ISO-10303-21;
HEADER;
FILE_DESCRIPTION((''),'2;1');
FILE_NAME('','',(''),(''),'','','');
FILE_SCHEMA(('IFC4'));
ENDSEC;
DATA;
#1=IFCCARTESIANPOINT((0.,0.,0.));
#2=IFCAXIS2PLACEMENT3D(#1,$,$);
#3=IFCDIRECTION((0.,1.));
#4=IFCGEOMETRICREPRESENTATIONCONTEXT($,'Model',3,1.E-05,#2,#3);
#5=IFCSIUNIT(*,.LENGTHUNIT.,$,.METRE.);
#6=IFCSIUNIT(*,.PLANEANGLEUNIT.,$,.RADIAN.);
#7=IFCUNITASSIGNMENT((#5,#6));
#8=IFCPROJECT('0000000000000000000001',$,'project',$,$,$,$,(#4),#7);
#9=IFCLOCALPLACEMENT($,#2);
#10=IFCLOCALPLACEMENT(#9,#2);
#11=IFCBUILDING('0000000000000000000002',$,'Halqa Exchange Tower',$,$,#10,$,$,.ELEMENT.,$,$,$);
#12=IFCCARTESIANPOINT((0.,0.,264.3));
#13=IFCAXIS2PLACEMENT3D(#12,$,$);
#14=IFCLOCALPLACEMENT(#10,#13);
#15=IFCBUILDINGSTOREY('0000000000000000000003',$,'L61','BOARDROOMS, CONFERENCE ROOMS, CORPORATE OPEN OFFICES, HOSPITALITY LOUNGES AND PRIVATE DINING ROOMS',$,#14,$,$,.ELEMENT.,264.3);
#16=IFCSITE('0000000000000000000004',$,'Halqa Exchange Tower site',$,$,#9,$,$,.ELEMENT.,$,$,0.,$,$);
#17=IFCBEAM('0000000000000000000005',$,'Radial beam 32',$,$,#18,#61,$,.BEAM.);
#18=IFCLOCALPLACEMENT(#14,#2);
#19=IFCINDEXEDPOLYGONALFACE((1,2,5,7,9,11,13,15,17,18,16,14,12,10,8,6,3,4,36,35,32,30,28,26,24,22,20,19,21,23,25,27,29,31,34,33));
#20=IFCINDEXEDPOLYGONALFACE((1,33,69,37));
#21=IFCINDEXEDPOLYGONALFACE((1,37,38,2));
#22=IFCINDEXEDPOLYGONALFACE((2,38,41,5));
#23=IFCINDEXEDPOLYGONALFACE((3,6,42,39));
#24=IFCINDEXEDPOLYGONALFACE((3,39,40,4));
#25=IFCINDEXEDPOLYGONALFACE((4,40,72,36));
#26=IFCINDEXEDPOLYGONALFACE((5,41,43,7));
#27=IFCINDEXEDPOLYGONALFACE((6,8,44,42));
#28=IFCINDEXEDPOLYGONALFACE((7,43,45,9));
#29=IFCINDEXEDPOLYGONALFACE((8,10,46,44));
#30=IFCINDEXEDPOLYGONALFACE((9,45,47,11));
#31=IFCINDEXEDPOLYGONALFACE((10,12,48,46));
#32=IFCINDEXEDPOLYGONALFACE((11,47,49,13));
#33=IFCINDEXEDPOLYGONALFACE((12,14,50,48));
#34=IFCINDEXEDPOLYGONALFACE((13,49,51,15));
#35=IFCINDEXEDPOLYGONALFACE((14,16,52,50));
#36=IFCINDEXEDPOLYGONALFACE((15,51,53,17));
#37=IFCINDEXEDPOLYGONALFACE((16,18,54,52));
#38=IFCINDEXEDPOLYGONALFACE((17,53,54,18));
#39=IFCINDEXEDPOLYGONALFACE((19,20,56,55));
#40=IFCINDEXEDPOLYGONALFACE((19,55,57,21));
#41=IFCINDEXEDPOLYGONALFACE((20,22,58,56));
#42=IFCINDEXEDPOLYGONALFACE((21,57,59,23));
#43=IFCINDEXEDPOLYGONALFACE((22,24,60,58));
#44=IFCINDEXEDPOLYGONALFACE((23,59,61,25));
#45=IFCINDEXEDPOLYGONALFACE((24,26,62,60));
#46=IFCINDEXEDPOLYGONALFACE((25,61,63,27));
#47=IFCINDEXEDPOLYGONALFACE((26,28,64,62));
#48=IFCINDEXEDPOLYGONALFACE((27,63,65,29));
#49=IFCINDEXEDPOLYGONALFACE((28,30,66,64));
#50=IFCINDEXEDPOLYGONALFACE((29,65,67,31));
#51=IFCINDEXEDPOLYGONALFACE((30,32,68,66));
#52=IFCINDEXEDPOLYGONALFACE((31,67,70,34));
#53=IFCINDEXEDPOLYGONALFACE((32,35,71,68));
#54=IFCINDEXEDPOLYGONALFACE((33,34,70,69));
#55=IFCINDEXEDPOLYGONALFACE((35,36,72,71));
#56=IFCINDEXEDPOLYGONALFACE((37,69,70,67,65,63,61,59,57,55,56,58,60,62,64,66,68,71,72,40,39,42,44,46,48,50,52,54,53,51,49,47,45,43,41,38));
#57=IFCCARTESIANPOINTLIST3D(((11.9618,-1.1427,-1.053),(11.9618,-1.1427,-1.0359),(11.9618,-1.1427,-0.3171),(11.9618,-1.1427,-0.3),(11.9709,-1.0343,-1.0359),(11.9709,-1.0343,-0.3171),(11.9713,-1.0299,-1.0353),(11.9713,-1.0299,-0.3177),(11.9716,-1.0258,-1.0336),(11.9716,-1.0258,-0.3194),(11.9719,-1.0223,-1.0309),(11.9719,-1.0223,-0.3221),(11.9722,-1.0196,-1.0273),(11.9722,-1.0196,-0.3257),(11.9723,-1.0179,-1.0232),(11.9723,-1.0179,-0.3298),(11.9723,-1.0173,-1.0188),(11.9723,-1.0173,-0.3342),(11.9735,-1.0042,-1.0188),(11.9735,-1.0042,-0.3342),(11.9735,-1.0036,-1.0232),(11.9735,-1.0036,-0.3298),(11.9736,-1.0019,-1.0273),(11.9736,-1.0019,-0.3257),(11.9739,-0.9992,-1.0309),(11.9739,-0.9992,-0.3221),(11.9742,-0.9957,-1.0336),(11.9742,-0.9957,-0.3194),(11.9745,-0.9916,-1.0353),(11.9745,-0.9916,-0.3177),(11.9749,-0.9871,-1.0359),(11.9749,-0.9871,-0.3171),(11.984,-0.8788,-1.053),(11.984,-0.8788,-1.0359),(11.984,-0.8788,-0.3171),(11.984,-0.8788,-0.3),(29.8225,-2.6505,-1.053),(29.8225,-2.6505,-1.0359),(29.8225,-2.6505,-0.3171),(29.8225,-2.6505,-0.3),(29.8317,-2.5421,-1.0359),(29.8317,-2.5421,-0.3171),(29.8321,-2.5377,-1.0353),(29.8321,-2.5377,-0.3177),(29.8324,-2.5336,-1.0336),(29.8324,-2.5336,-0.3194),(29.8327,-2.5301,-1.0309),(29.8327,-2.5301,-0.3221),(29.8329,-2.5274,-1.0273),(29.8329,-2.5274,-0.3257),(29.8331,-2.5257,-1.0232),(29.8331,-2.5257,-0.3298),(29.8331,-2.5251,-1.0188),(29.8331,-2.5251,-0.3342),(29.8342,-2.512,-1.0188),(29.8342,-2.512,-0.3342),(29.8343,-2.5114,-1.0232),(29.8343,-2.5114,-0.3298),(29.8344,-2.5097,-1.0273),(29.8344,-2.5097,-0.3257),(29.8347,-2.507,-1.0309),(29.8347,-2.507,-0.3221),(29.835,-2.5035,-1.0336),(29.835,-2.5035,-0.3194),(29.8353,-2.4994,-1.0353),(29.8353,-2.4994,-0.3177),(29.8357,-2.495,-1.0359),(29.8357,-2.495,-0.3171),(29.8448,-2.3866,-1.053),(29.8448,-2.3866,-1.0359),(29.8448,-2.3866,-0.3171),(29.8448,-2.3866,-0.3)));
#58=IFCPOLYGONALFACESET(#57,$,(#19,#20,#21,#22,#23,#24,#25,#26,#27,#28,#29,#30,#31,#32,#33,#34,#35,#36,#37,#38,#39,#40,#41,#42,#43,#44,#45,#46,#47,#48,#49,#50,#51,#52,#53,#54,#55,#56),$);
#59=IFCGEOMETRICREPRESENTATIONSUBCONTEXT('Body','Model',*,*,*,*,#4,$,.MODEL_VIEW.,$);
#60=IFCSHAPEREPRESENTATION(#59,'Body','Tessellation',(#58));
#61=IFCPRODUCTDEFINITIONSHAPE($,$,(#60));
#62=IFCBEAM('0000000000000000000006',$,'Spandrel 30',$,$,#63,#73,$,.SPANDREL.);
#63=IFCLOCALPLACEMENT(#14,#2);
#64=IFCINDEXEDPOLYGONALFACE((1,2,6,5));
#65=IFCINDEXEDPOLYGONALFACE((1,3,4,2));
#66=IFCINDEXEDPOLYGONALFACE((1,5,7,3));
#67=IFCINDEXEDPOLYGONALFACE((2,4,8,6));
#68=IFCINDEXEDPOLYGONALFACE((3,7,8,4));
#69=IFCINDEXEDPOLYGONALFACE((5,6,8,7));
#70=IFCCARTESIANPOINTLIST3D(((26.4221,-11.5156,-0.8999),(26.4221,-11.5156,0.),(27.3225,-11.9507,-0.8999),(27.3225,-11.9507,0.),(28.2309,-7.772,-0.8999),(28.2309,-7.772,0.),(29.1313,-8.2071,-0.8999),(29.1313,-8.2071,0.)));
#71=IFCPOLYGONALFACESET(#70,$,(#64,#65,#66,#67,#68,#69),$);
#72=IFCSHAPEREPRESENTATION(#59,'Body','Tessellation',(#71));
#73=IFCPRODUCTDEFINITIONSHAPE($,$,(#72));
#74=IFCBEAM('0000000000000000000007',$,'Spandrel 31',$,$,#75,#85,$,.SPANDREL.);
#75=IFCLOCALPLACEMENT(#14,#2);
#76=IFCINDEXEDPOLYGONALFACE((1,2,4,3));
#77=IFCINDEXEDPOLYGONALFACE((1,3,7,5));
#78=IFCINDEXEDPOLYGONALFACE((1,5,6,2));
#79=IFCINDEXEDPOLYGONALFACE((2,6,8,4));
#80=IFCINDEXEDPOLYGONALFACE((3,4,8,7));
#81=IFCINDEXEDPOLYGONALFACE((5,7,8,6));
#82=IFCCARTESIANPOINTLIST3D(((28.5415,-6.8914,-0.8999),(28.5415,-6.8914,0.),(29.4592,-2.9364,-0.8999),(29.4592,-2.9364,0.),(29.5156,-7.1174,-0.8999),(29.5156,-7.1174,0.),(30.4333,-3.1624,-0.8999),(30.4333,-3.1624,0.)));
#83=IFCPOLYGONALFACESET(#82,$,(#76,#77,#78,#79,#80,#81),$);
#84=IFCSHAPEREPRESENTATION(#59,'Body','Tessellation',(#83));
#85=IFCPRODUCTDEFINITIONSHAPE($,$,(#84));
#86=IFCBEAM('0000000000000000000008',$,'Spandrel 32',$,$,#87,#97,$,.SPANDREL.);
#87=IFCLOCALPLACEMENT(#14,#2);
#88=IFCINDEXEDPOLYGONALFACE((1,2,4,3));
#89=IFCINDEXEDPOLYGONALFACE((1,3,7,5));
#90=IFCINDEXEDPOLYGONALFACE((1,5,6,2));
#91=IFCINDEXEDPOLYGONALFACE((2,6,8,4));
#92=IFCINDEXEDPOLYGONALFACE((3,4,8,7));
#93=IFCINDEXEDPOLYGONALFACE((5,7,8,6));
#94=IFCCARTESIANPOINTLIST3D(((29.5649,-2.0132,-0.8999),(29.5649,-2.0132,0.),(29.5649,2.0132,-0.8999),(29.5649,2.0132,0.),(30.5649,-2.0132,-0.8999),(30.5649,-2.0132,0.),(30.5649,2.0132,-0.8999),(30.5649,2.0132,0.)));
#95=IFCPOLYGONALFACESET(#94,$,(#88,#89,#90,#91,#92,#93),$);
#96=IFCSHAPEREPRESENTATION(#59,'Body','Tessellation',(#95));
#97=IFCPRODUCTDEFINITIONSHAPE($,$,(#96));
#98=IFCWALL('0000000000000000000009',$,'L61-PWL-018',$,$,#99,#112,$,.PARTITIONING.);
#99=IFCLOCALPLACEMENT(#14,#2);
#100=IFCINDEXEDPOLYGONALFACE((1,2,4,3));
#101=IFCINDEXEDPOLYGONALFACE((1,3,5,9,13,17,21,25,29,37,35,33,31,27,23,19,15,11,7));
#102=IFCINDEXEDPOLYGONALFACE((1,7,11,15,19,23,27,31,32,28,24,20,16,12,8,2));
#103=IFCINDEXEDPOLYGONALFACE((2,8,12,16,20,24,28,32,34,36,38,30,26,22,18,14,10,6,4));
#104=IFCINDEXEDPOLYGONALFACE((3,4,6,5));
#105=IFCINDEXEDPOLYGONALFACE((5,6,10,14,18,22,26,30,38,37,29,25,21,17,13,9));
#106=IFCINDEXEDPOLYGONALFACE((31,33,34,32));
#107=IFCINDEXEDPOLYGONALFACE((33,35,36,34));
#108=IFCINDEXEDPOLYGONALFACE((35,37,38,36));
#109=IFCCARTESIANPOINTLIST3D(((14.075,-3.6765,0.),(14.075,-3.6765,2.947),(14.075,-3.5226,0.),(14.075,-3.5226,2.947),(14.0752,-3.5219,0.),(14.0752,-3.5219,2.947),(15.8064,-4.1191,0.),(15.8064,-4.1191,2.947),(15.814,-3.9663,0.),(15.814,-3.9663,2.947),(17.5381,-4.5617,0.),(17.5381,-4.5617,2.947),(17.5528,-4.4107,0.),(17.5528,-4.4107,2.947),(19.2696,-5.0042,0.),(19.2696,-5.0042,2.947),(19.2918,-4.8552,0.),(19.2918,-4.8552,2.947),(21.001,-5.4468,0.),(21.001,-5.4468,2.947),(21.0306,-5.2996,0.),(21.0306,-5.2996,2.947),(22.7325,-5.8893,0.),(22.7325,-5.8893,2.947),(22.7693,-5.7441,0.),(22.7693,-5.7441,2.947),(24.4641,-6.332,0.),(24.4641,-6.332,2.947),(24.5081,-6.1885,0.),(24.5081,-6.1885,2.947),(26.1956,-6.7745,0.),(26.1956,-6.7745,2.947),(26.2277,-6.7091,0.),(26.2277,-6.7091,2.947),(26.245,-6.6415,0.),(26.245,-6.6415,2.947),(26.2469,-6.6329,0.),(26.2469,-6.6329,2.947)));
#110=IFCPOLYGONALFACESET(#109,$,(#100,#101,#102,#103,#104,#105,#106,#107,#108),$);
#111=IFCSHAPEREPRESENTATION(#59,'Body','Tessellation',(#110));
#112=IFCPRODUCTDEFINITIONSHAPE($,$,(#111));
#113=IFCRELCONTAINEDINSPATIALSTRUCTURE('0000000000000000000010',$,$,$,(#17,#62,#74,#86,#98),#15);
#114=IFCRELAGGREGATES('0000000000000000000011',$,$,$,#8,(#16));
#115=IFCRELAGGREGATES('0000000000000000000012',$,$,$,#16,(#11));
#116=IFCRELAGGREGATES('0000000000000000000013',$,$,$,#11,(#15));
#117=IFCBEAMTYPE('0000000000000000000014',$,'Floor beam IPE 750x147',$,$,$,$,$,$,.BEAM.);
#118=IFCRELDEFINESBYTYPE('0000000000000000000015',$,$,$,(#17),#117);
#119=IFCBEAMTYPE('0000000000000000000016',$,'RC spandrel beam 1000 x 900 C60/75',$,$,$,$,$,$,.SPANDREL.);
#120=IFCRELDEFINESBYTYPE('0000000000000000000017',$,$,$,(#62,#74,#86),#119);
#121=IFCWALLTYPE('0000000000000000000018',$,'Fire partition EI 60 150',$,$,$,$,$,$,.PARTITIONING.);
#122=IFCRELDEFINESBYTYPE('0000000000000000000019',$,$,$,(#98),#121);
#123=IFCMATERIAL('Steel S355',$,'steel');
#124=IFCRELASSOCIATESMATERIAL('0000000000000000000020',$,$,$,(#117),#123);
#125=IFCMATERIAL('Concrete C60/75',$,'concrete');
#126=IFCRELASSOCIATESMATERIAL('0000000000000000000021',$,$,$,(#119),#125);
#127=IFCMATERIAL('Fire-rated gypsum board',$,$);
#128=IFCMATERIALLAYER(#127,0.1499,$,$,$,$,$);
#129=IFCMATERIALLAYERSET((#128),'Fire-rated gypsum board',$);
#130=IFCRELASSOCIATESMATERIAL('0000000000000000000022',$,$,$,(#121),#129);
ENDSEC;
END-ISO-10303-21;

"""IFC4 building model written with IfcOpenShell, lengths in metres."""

from ifc_helpers import new_model, si_unit, direction, frame, origin, origin_2d, place, context, subcontext, project, spatial, polyline, rectangle, i_section, outline, extrude, material, layer, layer_set, material_profile, profile_set, type_object, element, save


model = new_model("IFC4")

# Units and contexts
model_context = context("Model", 3, precision=1e-05, world=origin(), true_north=direction((0.0, 1.0)))
body_context = subcontext(model_context, "Body", "Model", "MODEL_VIEW")
ifc_project = project(units=[si_unit("LENGTHUNIT", "METRE"), si_unit("PLANEANGLEUNIT", "RADIAN")], contexts=[model_context])

# Site, building, storey
site_placement = place(None, origin())
site = spatial("IfcSite", under=ifc_project, at=site_placement, Name="Halqa Exchange Tower site", CompositionType="ELEMENT", RefElevation=0.0)
building_placement = place(site_placement, origin())
building = spatial("IfcBuilding", under=site, at=building_placement, Name="Halqa Exchange Tower", CompositionType="ELEMENT")
storey_placement = place(building_placement, frame((0.0, 0.0, 264.3)))
storey = spatial("IfcBuildingStorey", under=building, at=storey_placement, Name="L61", Description="BOARDROOMS, CONFERENCE ROOMS, CORPORATE OPEN OFFICES, HOSPITALITY LOUNGES AND PRIVATE DINING ROOMS", CompositionType="ELEMENT", Elevation=264.3)

# Shared definitions
ifc_material_1 = material(Name="Concrete C60/75", Category="concrete")

# Beams
ifc_material_2 = material(Name="Steel S355", Category="steel")
ifc_material_profile_1 = material_profile(ifc_material_2, i_section(OverallWidth=0.2649, OverallDepth=0.7529, WebThickness=0.0132, FlangeThickness=0.0171, FilletRadius=0.0171, at=origin_2d()), Name="IPE 750x147")
ifc_profile_set_1 = profile_set([ifc_material_profile_1], Name="Steel S355")
beam_type_1 = type_object("IfcBeamType", Name="Floor beam IPE 750x147", PredefinedType="BEAM", material=ifc_profile_set_1)
beam_1_placement = place(storey_placement, frame((11.9729, -1.0107, -0.6765), z_axis=(0.996456, -0.084121, 0.0), x_axis=(0.084121, 0.996456, 0.0)))
element("IfcBeam", 1, at=beam_1_placement, inside=storey, type_object=beam_type_1, Name="Radial beam 32", PredefinedType="BEAM", context=body_context, shape_type="SweptSolid", body=[
    extrude(i_section(OverallWidth=0.2649, OverallDepth=0.7529, WebThickness=0.0132, FlangeThickness=0.0171, FilletRadius=0.0171, at=origin_2d()), origin(), (0.0, 0.0, 1.0), 17.9243),
])
ifc_material_profile_2 = material_profile(ifc_material_1, rectangle(XDim=1.0, YDim=0.8999, at=origin_2d()), Name="1000 x 900")
ifc_profile_set_2 = profile_set([ifc_material_profile_2], Name="Concrete C60/75")
beam_type_2 = type_object("IfcBeamType", Name="RC spandrel beam 1000 x 900 C60/75", PredefinedType="SPANDREL", material=ifc_profile_set_2)
beam_2_placement = place(storey_placement, frame((26.8723, -11.7332, -0.45), z_axis=(0.435053, 0.900405, 0.0), x_axis=(-0.900405, 0.435053, 0.0)))
element("IfcBeam", 2, at=beam_2_placement, inside=storey, type_object=beam_type_2, Name="Spandrel 30", PredefinedType="SPANDREL", context=body_context, shape_type="SweptSolid", body=[
    extrude(rectangle(XDim=1.0, YDim=0.8999, at=origin_2d()), origin(), (0.0, 0.0, 1.0), 4.1577),
])
beam_3_placement = place(storey_placement, frame((29.0286, -7.0044, -0.45), z_axis=(0.226032, 0.97412, 0.0), x_axis=(-0.97412, 0.226032, 0.0)))
element("IfcBeam", 3, at=beam_3_placement, inside=storey, type_object=beam_type_2, Name="Spandrel 31", PredefinedType="SPANDREL", context=body_context, shape_type="SweptSolid", body=[
    extrude(rectangle(XDim=1.0, YDim=0.8999, at=origin_2d()), origin(), (0.0, 0.0, 1.0), 4.0601),
])
beam_4_placement = place(storey_placement, frame((30.0649, -2.0132, -0.45), z_axis=(0.0, 1.0, 0.0), x_axis=(-1.0, 0.0, 0.0)))
element("IfcBeam", 4, at=beam_4_placement, inside=storey, type_object=beam_type_2, Name="Spandrel 32", PredefinedType="SPANDREL", context=body_context, shape_type="SweptSolid", body=[
    extrude(rectangle(XDim=1.0, YDim=0.8999, at=origin_2d()), origin(), (0.0, 0.0, 1.0), 4.0264),
])

# Wall
ifc_material_3 = material(Name="Fire-rated gypsum board")
ifc_layer_1 = layer(ifc_material_3, 0.1499)
ifc_layer_set_1 = layer_set([ifc_layer_1], Name="Fire-rated gypsum board")
wall_type_1 = type_object("IfcWallType", Name="Fire partition EI 60 150", PredefinedType="PARTITIONING", material=ifc_layer_set_1)
wall_1_placement = place(storey_placement, frame((14.0566, -3.5945, 0.0), z_axis=(0.0, 0.0, 1.0), x_axis=(0.968853, -0.247635, 0.0)))
element("IfcWall", 5, at=wall_1_placement, inside=storey, type_object=wall_type_1, Name="L61-PWL-018", PredefinedType="PARTITIONING", context=body_context, shape_type="SweptSolid", body=[
    extrude(outline(polyline([(0.0381, -0.075), (1.8252, -0.075), (3.6125, -0.075), (5.3997, -0.075), (7.1868, -0.075), (8.9739, -0.075), (10.7612, -0.075), (12.5483, -0.075), (12.5632, -0.0037), (12.5632, 0.0662), (12.563, 0.075), (10.7683, 0.075), (8.9736, 0.075), (7.179, 0.075), (5.3843, 0.075), (3.5894, 0.075), (1.7947, 0.075), (0.0, 0.075), (0.0, 0.0742), (0.0381, -0.075)])), origin(), (0.0, 0.0, 1.0), 2.947),
])

save(model, "model.ifc")
